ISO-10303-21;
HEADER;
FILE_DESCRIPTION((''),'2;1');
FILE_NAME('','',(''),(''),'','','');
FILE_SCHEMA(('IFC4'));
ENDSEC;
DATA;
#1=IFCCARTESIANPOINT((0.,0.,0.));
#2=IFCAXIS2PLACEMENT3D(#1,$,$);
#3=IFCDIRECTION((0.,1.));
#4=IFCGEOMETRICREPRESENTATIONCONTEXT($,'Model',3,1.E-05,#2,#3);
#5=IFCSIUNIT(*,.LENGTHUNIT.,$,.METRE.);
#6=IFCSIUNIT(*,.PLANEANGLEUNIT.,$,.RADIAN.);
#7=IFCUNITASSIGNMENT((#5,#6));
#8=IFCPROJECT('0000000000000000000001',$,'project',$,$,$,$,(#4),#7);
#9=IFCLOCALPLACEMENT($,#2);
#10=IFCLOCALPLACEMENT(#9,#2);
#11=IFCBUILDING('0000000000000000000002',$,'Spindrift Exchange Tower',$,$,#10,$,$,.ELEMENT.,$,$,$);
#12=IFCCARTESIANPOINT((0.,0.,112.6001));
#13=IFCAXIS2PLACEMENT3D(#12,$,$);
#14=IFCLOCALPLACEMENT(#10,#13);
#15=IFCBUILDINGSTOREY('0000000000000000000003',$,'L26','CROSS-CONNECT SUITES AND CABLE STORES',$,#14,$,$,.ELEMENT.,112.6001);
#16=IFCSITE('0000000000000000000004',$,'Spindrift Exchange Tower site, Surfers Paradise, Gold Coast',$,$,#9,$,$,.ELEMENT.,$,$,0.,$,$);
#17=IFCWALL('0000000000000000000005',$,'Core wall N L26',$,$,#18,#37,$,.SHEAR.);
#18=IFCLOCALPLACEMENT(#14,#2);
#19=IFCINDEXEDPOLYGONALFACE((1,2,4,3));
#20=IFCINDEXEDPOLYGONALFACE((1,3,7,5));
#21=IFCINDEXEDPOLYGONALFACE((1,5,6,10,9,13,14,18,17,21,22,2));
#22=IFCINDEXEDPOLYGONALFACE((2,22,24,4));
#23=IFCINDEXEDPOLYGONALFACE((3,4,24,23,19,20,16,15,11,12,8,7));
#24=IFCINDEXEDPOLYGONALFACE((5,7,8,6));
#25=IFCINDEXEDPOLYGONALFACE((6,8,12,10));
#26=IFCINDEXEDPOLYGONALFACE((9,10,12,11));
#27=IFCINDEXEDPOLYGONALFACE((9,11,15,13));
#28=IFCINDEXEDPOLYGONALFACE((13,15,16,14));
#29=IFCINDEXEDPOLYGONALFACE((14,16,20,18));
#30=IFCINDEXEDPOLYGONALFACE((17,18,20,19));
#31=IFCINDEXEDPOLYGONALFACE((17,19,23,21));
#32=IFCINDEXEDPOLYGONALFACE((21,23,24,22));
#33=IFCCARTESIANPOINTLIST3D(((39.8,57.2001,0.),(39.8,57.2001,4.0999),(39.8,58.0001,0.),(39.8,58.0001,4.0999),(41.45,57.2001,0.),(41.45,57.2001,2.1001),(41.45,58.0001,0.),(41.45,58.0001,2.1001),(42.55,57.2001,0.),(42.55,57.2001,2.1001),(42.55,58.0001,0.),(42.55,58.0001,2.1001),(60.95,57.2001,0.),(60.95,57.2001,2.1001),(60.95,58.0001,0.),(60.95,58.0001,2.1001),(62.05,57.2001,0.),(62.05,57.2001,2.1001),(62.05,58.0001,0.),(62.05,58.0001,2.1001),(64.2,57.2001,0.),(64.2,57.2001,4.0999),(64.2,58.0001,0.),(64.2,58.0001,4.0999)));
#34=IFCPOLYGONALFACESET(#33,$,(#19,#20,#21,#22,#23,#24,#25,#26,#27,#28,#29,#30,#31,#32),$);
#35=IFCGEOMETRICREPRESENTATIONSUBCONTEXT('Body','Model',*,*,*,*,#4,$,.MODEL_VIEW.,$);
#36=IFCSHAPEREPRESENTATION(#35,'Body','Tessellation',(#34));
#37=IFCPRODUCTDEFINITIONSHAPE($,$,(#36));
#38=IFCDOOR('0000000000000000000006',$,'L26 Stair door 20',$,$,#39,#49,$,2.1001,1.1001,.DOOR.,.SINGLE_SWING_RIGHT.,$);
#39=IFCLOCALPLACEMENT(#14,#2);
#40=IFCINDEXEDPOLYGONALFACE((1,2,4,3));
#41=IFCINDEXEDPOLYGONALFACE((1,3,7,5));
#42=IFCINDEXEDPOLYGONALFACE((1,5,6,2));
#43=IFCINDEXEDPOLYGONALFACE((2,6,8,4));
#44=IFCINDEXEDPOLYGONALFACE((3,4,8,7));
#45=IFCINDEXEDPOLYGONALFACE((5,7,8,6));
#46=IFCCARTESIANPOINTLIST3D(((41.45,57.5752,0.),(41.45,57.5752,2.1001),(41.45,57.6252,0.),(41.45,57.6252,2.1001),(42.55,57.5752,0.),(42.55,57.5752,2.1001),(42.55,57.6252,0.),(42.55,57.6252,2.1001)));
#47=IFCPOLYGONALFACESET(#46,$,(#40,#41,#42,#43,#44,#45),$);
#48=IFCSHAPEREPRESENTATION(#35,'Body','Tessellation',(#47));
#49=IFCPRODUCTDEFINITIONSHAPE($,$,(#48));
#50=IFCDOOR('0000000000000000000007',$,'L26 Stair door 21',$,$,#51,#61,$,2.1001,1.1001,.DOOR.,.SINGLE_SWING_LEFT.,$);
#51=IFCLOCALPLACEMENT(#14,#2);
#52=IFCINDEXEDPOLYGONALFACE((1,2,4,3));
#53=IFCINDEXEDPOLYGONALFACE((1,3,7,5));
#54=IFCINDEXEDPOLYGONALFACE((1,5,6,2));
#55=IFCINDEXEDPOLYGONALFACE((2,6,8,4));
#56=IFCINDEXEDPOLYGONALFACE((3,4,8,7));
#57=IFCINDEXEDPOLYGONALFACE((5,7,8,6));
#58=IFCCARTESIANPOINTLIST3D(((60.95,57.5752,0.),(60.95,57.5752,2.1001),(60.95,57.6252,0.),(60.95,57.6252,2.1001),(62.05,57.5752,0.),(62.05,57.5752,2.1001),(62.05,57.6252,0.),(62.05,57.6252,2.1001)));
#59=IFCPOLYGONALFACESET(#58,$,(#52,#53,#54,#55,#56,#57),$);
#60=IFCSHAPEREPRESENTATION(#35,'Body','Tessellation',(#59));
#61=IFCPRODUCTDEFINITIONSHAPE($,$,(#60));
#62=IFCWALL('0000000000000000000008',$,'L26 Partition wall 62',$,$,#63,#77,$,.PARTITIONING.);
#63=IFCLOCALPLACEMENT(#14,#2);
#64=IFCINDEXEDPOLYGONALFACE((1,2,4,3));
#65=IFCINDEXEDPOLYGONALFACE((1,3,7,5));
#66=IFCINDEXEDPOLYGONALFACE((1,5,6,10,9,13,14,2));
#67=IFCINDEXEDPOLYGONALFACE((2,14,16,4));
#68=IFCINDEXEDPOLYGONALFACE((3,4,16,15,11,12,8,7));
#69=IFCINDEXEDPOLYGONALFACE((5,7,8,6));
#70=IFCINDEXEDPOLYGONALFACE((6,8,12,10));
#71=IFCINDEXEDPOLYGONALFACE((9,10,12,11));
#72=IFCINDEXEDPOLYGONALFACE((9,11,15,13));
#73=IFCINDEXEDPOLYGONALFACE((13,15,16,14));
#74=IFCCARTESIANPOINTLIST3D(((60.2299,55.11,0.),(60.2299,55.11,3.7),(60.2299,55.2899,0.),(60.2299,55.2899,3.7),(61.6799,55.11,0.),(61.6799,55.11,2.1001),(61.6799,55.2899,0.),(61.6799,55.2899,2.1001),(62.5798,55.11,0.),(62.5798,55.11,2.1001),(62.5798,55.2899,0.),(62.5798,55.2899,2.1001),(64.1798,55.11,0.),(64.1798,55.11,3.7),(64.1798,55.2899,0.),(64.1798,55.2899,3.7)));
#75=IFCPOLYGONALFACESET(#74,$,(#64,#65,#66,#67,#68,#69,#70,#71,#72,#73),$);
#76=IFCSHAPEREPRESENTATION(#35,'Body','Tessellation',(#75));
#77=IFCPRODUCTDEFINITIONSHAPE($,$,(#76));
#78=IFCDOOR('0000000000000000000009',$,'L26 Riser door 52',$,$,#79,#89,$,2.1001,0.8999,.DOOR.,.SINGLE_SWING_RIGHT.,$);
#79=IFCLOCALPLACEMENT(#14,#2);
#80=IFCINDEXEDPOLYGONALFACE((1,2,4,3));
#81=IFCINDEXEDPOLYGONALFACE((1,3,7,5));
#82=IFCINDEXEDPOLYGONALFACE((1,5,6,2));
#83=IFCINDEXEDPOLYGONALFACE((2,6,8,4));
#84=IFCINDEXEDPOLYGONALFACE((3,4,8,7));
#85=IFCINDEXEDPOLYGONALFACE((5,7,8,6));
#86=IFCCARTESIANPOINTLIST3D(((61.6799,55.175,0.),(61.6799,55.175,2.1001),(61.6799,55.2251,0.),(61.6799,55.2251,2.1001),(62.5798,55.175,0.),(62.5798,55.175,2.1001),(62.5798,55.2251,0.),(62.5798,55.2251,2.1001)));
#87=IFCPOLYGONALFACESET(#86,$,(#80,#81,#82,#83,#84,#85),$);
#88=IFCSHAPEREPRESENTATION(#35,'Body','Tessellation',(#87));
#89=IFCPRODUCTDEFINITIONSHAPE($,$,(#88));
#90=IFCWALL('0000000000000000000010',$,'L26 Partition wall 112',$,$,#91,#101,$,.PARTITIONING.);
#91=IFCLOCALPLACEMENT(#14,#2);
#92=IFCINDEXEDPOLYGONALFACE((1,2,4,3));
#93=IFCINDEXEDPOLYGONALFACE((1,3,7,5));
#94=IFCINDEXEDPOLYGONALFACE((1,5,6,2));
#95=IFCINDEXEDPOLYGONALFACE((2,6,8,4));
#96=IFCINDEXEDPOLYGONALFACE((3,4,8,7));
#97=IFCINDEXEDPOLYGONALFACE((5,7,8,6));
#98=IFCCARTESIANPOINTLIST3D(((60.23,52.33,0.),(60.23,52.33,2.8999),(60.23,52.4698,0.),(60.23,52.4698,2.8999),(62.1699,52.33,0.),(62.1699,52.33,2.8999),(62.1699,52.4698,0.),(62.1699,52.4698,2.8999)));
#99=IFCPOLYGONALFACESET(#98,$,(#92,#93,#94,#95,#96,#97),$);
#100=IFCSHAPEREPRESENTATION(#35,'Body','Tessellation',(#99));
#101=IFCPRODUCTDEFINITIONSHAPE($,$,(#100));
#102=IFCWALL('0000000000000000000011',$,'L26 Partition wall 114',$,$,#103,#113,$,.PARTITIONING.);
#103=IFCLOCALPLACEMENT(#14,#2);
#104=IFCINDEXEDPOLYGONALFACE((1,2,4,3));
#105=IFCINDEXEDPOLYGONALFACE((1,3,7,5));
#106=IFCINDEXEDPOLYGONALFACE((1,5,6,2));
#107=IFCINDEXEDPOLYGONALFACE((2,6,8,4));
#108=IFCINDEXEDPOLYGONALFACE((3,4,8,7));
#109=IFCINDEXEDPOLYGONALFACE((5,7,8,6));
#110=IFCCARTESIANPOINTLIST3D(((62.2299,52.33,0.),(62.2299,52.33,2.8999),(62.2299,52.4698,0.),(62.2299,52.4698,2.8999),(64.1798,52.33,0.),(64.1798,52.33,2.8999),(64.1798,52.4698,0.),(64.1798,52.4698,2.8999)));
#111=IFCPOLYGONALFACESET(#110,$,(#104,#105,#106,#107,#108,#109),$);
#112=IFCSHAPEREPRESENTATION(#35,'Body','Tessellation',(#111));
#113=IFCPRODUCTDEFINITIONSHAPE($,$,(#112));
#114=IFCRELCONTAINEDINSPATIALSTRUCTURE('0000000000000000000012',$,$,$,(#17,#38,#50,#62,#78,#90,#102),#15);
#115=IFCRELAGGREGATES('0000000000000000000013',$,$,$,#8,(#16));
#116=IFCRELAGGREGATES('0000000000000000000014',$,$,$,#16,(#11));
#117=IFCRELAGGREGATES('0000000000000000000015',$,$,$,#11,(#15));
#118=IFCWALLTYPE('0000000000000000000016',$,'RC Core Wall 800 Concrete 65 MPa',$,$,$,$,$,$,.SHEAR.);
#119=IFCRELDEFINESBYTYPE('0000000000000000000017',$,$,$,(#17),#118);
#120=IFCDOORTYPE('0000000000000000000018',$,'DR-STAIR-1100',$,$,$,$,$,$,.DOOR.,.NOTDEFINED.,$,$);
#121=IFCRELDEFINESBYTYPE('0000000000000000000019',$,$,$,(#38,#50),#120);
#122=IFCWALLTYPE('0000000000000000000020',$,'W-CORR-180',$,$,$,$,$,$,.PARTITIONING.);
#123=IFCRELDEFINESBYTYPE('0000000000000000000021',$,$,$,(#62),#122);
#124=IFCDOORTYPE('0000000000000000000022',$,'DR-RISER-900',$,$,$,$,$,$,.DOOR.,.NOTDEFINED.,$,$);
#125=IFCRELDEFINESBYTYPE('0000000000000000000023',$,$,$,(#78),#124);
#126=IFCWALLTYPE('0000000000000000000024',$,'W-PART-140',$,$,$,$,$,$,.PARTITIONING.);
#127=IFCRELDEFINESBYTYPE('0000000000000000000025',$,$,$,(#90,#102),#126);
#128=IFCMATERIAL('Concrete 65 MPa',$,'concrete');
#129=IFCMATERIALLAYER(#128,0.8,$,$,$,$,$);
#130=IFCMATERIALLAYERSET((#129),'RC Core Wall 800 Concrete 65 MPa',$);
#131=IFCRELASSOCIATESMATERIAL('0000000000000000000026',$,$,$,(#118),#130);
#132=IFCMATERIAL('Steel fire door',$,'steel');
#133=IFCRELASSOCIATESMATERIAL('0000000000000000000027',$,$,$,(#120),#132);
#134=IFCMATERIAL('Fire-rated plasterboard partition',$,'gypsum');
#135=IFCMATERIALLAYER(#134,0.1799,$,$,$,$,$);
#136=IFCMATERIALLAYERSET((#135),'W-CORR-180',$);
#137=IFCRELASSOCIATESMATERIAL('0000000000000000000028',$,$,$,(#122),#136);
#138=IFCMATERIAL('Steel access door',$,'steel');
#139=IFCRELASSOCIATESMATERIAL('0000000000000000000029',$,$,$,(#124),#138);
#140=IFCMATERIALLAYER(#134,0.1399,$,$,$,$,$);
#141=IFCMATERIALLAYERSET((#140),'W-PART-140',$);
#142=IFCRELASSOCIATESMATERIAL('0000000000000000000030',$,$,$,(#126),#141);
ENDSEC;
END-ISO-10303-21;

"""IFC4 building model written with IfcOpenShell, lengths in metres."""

from ifc_helpers import new_model, si_unit, direction, frame, frame_2d, origin, place, context, subcontext, project, spatial, rectangle, extrude, source, transform, mapped, material, layer, layer_set, type_object, element, fill, save


model = new_model("IFC4")

# Units and contexts
model_context = context("Model", 3, precision=1e-05, world=origin(), true_north=direction((0.0, 1.0)))
body_context = subcontext(model_context, "Body", "Model", "MODEL_VIEW")
ifc_project = project(units=[si_unit("LENGTHUNIT", "METRE"), si_unit("PLANEANGLEUNIT", "RADIAN")], contexts=[model_context])

# Site, building, storey
site_placement = place(None, origin())
site = spatial("IfcSite", under=ifc_project, at=site_placement, Name="Spindrift Exchange Tower site, Surfers Paradise, Gold Coast", CompositionType="ELEMENT", RefElevation=0.0)
building_placement = place(site_placement, origin())
building = spatial("IfcBuilding", under=site, at=building_placement, Name="Spindrift Exchange Tower", CompositionType="ELEMENT")
storey_placement = place(building_placement, frame((0.0, 0.0, 112.6001)))
storey = spatial("IfcBuildingStorey", under=building, at=storey_placement, Name="L26", Description="CROSS-CONNECT SUITES AND CABLE STORES", CompositionType="ELEMENT", Elevation=112.6001)

# Shared definitions
ifc_material_1 = material(Name="Concrete 65 MPa", Category="concrete")

# Wall, openings, doors
ifc_layer_1 = layer(ifc_material_1, 0.8)
ifc_layer_set_1 = layer_set([ifc_layer_1], Name="RC Core Wall 800 Concrete 65 MPa")
wall_type_1 = type_object("IfcWallType", Name="RC Core Wall 800 Concrete 65 MPa", PredefinedType="SHEAR", material=ifc_layer_set_1)
wall_1_placement = place(storey_placement, frame((64.2, 57.6001, 0.0), z_axis=(0.0, 0.0, 1.0), x_axis=(-1.0, 0.0, 0.0)))
wall_1 = element("IfcWall", 1, at=wall_1_placement, inside=storey, type_object=wall_type_1, Name="Core wall N L26", PredefinedType="SHEAR", context=body_context, shape_type="SweptSolid", body=[
    extrude(rectangle(XDim=24.3999, YDim=0.8, at=frame_2d((12.2, 0.0))), origin(), (0.0, 0.0, 1.0), 4.0999),
])
opening_1_placement = place(wall_1_placement, frame((21.6499, 0.0, 0.0)))
opening_1 = element("IfcOpeningElement", 2, at=opening_1_placement, cuts=wall_1, PredefinedType="OPENING", context=body_context, shape_type="SweptSolid", body=[
    extrude(rectangle(XDim=1.1001, YDim=2.1001, at=frame_2d((0.55, 1.05))), frame((0.0, 0.4099, 0.0), z_axis=(0.0, -1.0, 0.0), x_axis=(1.0, 0.0, 0.0)), (0.0, 0.0, 1.0), 0.8201),
])
opening_2_placement = place(wall_1_placement, frame((2.1499, 0.0, 0.0)))
opening_2 = element("IfcOpeningElement", 3, at=opening_2_placement, cuts=wall_1, PredefinedType="OPENING", context=body_context, shape_type="SweptSolid", body=[
    extrude(rectangle(XDim=1.1001, YDim=2.1001, at=frame_2d((0.55, 1.05))), frame((0.0, 0.4099, 0.0), z_axis=(0.0, -1.0, 0.0), x_axis=(1.0, 0.0, 0.0)), (0.0, 0.0, 1.0), 0.8201),
])
ifc_material_2 = material(Name="Steel fire door", Category="steel")
door_type_1 = type_object("IfcDoorType", Name="DR-STAIR-1100", OperationType="NOTDEFINED", PredefinedType="DOOR", material=ifc_material_2)
shared_shape_1 = source(origin(), body_context, "Body", "SweptSolid", [
    extrude(rectangle(XDim=1.1001, YDim=2.1001, at=frame_2d((0.55, 1.05))), frame((0.0, 0.0249, 0.0), z_axis=(0.0, -1.0, 0.0), x_axis=(1.0, 0.0, 0.0)), (0.0, 0.0, 1.0), 0.05),
])
door_1_placement = place(opening_1_placement, origin())
door_1 = element("IfcDoor", 4, at=door_1_placement, inside=storey, type_object=door_type_1, Name="L26 Stair door 20", OperationType="SINGLE_SWING_RIGHT", OverallHeight=2.1001, OverallWidth=1.1001, PredefinedType="DOOR", context=body_context, shape_type="MappedRepresentation", body=[
    mapped(shared_shape_1, transform((0.0, 0.0, 0.0), scale=1.0)),
])
fill(opening_1, door_1)
door_2_placement = place(opening_2_placement, origin())
door_2 = element("IfcDoor", 5, at=door_2_placement, inside=storey, type_object=door_type_1, Name="L26 Stair door 21", OperationType="SINGLE_SWING_LEFT", OverallHeight=2.1001, OverallWidth=1.1001, PredefinedType="DOOR", context=body_context, shape_type="MappedRepresentation", body=[
    mapped(shared_shape_1, transform((0.0, 0.0, 0.0), scale=1.0)),
])
fill(opening_2, door_2)

# Wall, opening, door
ifc_material_3 = material(Name="Fire-rated plasterboard partition", Category="gypsum")
ifc_layer_2 = layer(ifc_material_3, 0.1799)
ifc_layer_set_2 = layer_set([ifc_layer_2], Name="W-CORR-180")
wall_type_2 = type_object("IfcWallType", Name="W-CORR-180", PredefinedType="PARTITIONING", material=ifc_layer_set_2)
wall_2_placement = place(storey_placement, frame((64.1799, 55.2, 0.0), z_axis=(0.0, 0.0, 1.0), x_axis=(-1.0, 0.0, 0.0)))
wall_2 = element("IfcWall", 6, at=wall_2_placement, inside=storey, type_object=wall_type_2, Name="L26 Partition wall 62", PredefinedType="PARTITIONING", context=body_context, shape_type="SweptSolid", body=[
    extrude(rectangle(XDim=3.95, YDim=0.1799, at=frame_2d((1.9751, 0.0))), origin(), (0.0, 0.0, 1.0), 3.7),
])
opening_3_placement = place(wall_2_placement, frame((1.6001, 0.0, 0.0)))
opening_3 = element("IfcOpeningElement", 7, at=opening_3_placement, cuts=wall_2, PredefinedType="OPENING", context=body_context, shape_type="SweptSolid", body=[
    extrude(rectangle(XDim=0.8999, YDim=2.1001, at=frame_2d((0.45, 1.05))), frame((0.0, 0.0999, 0.0), z_axis=(0.0, -1.0, 0.0), x_axis=(1.0, 0.0, 0.0)), (0.0, 0.0, 1.0), 0.2),
])
ifc_material_4 = material(Name="Steel access door", Category="steel")
door_type_2 = type_object("IfcDoorType", Name="DR-RISER-900", OperationType="NOTDEFINED", PredefinedType="DOOR", material=ifc_material_4)
shared_shape_2 = source(origin(), body_context, "Body", "SweptSolid", [
    extrude(rectangle(XDim=0.8999, YDim=2.1001, at=frame_2d((0.45, 1.05))), frame((0.0, 0.0249, 0.0), z_axis=(0.0, -1.0, 0.0), x_axis=(1.0, 0.0, 0.0)), (0.0, 0.0, 1.0), 0.05),
])
door_3_placement = place(opening_3_placement, origin())
door_3 = element("IfcDoor", 8, at=door_3_placement, inside=storey, type_object=door_type_2, Name="L26 Riser door 52", OperationType="SINGLE_SWING_RIGHT", OverallHeight=2.1001, OverallWidth=0.8999, PredefinedType="DOOR", context=body_context, shape_type="MappedRepresentation", body=[
    mapped(shared_shape_2, transform((0.0, 0.0, 0.0), scale=1.0)),
])
fill(opening_3, door_3)

# Walls
ifc_layer_3 = layer(ifc_material_3, 0.1399)
ifc_layer_set_3 = layer_set([ifc_layer_3], Name="W-PART-140")
wall_type_3 = type_object("IfcWallType", Name="W-PART-140", PredefinedType="PARTITIONING", material=ifc_layer_set_3)
wall_3_placement = place(storey_placement, frame((62.1699, 52.3999, 0.0), z_axis=(0.0, 0.0, 1.0), x_axis=(-1.0, 0.0, 0.0)))
element("IfcWall", 9, at=wall_3_placement, inside=storey, type_object=wall_type_3, Name="L26 Partition wall 112", PredefinedType="PARTITIONING", context=body_context, shape_type="SweptSolid", body=[
    extrude(rectangle(XDim=1.9399, YDim=0.1399, at=frame_2d((0.97, 0.0))), origin(), (0.0, 0.0, 1.0), 2.8999),
])
wall_4_placement = place(storey_placement, frame((64.1799, 52.3999, 0.0), z_axis=(0.0, 0.0, 1.0), x_axis=(-1.0, 0.0, 0.0)))
element("IfcWall", 10, at=wall_4_placement, inside=storey, type_object=wall_type_3, Name="L26 Partition wall 114", PredefinedType="PARTITIONING", context=body_context, shape_type="SweptSolid", body=[
    extrude(rectangle(XDim=1.95, YDim=0.1399, at=frame_2d((0.9751, 0.0))), origin(), (0.0, 0.0, 1.0), 2.8999),
])

save(model, "model.ifc")
